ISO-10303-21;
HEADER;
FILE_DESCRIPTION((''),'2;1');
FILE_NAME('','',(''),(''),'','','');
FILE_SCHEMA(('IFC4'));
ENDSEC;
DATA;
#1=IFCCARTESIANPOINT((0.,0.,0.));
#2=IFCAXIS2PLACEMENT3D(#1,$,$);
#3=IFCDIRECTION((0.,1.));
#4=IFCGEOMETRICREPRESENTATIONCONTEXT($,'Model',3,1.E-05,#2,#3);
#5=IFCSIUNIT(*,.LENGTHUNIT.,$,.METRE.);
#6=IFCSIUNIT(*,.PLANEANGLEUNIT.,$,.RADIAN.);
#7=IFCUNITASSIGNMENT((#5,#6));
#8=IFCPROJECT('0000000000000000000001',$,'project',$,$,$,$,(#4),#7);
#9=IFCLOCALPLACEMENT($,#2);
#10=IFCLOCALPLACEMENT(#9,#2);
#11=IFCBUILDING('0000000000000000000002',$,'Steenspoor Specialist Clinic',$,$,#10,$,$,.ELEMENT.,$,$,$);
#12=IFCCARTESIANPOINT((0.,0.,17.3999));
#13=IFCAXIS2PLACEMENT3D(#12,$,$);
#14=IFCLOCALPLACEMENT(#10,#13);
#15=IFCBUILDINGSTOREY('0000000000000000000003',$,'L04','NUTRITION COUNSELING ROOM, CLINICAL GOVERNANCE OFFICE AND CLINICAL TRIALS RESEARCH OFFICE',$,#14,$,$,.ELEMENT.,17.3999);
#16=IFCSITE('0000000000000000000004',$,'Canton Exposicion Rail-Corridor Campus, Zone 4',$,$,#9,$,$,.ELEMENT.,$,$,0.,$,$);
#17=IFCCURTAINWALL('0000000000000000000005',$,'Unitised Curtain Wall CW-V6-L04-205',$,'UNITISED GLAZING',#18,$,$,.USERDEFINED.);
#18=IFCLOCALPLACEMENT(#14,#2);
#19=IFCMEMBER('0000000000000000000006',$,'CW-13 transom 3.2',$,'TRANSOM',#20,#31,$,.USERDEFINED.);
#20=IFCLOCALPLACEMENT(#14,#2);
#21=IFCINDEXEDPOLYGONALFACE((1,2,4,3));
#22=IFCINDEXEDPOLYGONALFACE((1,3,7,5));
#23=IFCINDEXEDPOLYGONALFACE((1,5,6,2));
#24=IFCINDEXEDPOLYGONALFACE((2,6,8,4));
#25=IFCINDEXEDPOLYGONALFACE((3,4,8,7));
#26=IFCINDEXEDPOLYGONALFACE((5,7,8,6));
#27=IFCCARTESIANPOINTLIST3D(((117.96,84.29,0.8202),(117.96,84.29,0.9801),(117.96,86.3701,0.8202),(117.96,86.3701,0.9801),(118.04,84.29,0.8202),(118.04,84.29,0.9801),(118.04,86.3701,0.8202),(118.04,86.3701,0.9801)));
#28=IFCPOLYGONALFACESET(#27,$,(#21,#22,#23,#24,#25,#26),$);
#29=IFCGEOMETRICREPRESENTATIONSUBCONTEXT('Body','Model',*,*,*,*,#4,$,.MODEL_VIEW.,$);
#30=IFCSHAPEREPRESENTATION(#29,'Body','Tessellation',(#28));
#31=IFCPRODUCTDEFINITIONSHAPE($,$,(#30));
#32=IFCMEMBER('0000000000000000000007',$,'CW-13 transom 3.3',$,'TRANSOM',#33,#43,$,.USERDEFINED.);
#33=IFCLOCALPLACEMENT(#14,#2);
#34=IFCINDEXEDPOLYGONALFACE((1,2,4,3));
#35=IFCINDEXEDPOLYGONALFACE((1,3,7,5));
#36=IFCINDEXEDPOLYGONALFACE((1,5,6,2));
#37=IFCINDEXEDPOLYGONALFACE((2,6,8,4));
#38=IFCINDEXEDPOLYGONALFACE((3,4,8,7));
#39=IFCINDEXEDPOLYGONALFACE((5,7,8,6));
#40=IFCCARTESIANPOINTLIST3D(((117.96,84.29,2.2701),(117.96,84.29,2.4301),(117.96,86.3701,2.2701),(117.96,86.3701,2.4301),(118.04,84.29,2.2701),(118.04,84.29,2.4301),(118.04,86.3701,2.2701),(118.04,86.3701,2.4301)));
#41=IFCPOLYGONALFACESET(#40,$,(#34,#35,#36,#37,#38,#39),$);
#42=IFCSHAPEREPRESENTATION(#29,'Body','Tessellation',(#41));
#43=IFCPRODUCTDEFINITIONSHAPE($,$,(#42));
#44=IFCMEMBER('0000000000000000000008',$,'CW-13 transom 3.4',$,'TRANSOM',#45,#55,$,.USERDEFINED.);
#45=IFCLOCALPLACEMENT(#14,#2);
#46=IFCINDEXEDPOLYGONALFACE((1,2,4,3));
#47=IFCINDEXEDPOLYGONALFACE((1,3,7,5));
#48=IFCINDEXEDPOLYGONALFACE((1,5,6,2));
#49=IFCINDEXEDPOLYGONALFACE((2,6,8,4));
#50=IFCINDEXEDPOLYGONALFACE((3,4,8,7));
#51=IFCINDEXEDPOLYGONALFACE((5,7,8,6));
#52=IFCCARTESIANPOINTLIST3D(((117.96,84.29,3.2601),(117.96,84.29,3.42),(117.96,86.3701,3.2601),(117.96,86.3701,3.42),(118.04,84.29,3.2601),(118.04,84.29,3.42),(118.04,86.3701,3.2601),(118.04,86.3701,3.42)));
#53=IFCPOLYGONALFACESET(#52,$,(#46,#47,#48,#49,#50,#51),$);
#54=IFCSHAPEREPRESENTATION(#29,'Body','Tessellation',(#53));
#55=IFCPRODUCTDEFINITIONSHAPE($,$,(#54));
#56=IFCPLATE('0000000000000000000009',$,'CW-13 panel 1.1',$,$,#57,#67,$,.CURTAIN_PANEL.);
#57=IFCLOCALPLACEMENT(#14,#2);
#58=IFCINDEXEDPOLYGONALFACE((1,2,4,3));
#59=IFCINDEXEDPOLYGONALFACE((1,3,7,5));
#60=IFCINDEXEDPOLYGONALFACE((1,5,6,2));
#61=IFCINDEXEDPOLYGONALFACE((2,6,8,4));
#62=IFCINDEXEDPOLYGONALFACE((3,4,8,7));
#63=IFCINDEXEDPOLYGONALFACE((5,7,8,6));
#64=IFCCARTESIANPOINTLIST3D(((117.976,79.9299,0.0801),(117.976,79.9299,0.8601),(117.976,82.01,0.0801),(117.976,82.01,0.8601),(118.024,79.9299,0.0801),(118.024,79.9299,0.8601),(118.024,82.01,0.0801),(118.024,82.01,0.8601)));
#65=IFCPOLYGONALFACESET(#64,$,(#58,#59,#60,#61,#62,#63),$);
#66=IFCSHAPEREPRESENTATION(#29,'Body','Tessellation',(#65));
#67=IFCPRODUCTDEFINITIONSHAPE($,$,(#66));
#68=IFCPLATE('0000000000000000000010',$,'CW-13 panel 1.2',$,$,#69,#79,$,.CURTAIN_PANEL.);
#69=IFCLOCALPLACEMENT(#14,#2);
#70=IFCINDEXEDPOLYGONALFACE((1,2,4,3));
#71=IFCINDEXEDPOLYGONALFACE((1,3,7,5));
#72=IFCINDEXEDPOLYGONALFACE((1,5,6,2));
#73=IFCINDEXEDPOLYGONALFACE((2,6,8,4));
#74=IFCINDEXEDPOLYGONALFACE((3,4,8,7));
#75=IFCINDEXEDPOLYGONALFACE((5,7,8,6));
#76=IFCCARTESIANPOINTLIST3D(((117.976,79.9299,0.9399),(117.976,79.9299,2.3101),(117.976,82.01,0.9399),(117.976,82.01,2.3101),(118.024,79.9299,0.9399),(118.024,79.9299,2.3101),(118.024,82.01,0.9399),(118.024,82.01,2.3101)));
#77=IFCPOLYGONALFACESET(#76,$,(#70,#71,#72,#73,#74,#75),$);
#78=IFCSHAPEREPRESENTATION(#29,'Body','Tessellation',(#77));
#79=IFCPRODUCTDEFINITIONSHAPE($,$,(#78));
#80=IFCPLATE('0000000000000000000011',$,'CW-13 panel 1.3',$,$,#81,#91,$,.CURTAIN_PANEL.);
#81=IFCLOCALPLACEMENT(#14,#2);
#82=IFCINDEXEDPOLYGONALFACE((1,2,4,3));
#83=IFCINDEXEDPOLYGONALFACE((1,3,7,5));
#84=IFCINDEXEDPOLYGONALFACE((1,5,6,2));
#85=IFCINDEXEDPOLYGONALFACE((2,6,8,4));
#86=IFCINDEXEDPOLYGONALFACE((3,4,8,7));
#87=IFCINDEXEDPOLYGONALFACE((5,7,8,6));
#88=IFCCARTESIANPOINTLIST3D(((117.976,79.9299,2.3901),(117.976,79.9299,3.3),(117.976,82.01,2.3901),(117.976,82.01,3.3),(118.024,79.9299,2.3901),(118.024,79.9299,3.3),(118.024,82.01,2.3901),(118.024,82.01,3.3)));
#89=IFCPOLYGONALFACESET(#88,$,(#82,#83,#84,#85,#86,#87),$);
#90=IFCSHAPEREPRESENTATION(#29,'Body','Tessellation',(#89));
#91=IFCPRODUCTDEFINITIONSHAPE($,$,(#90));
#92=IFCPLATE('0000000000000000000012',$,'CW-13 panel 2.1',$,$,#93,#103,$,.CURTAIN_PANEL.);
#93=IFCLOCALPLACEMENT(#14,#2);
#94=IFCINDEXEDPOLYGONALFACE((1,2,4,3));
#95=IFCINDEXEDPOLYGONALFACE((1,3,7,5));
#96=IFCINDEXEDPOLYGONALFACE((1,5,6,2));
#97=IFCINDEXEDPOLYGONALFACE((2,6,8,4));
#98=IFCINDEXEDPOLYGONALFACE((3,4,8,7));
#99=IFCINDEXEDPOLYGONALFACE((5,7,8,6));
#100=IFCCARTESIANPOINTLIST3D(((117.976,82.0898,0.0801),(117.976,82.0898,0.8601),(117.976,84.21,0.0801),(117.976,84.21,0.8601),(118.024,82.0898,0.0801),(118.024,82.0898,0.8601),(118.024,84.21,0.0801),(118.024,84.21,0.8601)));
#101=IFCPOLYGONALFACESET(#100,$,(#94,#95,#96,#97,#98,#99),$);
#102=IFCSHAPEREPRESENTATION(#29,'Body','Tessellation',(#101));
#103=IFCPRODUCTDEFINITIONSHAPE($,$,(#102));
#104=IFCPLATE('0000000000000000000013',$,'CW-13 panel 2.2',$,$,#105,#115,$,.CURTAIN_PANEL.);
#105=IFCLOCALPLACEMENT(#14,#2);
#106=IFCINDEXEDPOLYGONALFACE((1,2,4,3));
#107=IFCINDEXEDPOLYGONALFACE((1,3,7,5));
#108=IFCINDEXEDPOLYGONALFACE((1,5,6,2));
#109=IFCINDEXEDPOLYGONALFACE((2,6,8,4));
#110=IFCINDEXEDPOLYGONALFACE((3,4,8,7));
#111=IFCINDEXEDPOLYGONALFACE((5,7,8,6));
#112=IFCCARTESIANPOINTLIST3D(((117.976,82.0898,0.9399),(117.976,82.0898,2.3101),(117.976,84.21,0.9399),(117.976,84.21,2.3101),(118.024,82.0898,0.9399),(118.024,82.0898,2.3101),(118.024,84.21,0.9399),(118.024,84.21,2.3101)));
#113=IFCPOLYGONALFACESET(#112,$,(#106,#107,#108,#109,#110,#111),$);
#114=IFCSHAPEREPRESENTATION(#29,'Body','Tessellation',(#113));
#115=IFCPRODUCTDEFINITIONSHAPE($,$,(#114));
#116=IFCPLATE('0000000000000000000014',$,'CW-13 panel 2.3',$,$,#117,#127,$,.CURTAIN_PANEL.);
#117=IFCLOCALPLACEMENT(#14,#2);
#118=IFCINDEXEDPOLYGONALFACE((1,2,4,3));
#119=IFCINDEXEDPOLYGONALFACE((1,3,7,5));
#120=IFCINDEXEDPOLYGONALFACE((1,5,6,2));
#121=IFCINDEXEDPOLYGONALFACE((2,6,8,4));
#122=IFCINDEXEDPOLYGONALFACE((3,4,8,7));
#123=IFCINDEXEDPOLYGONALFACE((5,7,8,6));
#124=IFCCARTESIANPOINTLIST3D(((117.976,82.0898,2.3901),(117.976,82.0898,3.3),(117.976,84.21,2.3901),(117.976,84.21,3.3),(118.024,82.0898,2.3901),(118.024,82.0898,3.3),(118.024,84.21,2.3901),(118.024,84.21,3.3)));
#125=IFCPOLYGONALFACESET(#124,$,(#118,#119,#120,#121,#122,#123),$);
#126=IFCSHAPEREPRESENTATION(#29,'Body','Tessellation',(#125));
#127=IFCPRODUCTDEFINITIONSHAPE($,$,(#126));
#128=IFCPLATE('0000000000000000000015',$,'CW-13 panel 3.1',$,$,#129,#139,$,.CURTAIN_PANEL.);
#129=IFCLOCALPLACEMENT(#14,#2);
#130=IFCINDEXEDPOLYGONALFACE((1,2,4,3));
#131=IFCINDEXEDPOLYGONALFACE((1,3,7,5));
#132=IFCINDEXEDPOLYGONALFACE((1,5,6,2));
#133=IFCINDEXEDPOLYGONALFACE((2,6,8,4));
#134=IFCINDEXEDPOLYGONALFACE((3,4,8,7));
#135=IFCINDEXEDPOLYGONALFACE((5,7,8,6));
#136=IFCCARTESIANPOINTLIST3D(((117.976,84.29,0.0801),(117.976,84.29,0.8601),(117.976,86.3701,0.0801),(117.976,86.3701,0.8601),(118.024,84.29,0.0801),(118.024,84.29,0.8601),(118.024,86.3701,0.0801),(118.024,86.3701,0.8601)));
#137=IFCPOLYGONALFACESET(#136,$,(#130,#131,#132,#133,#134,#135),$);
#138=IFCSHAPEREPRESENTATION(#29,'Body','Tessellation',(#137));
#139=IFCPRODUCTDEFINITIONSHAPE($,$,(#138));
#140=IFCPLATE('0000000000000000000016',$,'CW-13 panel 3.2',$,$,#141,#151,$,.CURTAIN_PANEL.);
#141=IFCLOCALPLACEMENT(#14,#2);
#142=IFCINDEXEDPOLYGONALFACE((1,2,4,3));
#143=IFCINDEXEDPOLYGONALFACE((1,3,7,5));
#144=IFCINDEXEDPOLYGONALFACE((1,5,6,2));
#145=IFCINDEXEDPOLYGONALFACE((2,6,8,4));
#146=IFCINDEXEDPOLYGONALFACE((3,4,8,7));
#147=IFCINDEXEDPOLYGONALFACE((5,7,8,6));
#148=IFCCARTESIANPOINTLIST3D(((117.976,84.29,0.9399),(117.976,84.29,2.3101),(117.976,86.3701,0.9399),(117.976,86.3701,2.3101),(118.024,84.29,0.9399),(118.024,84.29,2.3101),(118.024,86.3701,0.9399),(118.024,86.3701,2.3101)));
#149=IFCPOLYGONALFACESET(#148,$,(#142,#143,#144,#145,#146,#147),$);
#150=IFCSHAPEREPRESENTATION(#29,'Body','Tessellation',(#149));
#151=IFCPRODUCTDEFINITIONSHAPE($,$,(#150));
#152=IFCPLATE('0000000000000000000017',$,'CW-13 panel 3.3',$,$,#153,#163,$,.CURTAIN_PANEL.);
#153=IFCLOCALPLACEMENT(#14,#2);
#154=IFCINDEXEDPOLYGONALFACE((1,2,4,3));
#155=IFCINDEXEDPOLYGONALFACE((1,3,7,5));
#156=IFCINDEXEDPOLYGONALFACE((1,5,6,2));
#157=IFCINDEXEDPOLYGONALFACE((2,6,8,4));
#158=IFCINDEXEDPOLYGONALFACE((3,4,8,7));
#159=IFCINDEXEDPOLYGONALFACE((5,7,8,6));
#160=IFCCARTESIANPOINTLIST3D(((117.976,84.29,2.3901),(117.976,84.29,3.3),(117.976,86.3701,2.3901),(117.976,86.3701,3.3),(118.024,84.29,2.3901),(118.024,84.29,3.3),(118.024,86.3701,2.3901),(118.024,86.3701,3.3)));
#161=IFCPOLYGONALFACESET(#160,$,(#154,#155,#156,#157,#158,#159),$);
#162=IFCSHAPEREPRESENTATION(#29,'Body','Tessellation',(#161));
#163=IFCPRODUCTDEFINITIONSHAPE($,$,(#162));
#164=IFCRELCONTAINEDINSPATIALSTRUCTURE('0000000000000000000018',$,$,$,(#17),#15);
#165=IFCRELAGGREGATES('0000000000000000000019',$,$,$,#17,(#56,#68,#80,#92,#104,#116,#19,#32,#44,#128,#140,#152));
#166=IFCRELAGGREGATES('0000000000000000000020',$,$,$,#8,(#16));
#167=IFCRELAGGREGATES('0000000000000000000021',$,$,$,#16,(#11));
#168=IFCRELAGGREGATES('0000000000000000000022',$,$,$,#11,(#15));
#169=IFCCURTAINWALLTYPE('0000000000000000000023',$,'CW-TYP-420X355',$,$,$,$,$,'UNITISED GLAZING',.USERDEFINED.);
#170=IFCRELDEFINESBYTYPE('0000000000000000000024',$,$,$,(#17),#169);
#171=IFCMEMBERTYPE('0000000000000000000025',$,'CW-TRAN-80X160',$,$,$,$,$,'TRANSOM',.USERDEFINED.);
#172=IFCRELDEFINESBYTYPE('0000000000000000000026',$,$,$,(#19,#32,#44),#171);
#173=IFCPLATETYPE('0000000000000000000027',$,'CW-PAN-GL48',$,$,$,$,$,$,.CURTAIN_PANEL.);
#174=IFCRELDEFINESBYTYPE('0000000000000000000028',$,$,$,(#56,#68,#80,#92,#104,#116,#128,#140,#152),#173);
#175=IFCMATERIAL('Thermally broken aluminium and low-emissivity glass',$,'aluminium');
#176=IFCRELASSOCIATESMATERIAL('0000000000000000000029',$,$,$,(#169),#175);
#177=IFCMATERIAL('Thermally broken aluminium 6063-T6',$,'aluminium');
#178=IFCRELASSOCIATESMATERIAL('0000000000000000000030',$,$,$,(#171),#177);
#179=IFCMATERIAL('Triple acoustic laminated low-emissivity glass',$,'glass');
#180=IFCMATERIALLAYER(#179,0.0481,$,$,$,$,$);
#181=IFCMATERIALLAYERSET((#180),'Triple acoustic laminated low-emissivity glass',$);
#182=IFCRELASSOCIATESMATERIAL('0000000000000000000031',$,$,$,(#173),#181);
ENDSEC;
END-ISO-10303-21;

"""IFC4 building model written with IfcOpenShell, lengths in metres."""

from ifc_helpers import new_model, si_unit, direction, frame, origin, origin_2d, place, context, subcontext, project, spatial, rectangle, extrude, material, layer, layer_set, material_profile, profile_set, type_object, element, aggregate, save


model = new_model("IFC4")

# Units and contexts
model_context = context("Model", 3, precision=1e-05, world=origin(), true_north=direction((0.0, 1.0)))
body_context = subcontext(model_context, "Body", "Model", "MODEL_VIEW")
ifc_project = project(units=[si_unit("LENGTHUNIT", "METRE"), si_unit("PLANEANGLEUNIT", "RADIAN")], contexts=[model_context])

# Site, building, storey
site_placement = place(None, origin())
site = spatial("IfcSite", under=ifc_project, at=site_placement, Name="Canton Exposicion Rail-Corridor Campus, Zone 4", CompositionType="ELEMENT", RefElevation=0.0)
building_placement = place(site_placement, origin())
building = spatial("IfcBuilding", under=site, at=building_placement, Name="Steenspoor Specialist Clinic", CompositionType="ELEMENT")
storey_placement = place(building_placement, frame((0.0, 0.0, 17.3999)))
storey = spatial("IfcBuildingStorey", under=building, at=storey_placement, Name="L04", Description="NUTRITION COUNSELING ROOM, CLINICAL GOVERNANCE OFFICE AND CLINICAL TRIALS RESEARCH OFFICE", CompositionType="ELEMENT", Elevation=17.3999)

# Curtain wall, members, plates
ifc_material_1 = material(Name="Thermally broken aluminium and low-emissivity glass", Category="aluminium")
curtain_wall_type = type_object("IfcCurtainWallType", Name="CW-TYP-420X355", ElementType="UNITISED GLAZING", PredefinedType="USERDEFINED", material=ifc_material_1)
curtain_wall_placement = place(storey_placement, origin())
curtain_wall = element("IfcCurtainWall", 1, at=curtain_wall_placement, inside=storey, type_object=curtain_wall_type, Name="Unitised Curtain Wall CW-V6-L04-205", ObjectType="UNITISED GLAZING", PredefinedType="USERDEFINED")
ifc_material_2 = material(Name="Thermally broken aluminium 6063-T6", Category="aluminium")
ifc_material_profile_1 = material_profile(ifc_material_2, rectangle(XDim=0.0801, YDim=0.1599, at=origin_2d()), Name="CWT-80X160")
ifc_profile_set_1 = profile_set([ifc_material_profile_1], Name="Thermally broken aluminium 6063-T6")
member_type_1 = type_object("IfcMemberType", Name="CW-TRAN-80X160", ElementType="TRANSOM", PredefinedType="USERDEFINED", material=ifc_profile_set_1)
member_1_placement = place(storey_placement, frame((118.0, 84.29, 0.9001), z_axis=(0.0, 1.0, 0.0), x_axis=(-1.0, 0.0, 0.0)))
member_1 = element("IfcMember", 2, at=member_1_placement, type_object=member_type_1, Name="CW-13 transom 3.2", ObjectType="TRANSOM", PredefinedType="USERDEFINED", context=body_context, shape_type="SweptSolid", body=[
    extrude(rectangle(XDim=0.0801, YDim=0.1599, at=origin_2d()), origin(), (0.0, 0.0, 1.0), 2.0801),
])
member_2_placement = place(storey_placement, frame((118.0, 84.29, 2.3501), z_axis=(0.0, 1.0, 0.0), x_axis=(-1.0, 0.0, 0.0)))
member_2 = element("IfcMember", 3, at=member_2_placement, type_object=member_type_1, Name="CW-13 transom 3.3", ObjectType="TRANSOM", PredefinedType="USERDEFINED", context=body_context, shape_type="SweptSolid", body=[
    extrude(rectangle(XDim=0.0801, YDim=0.1599, at=origin_2d()), origin(), (0.0, 0.0, 1.0), 2.0801),
])
member_3_placement = place(storey_placement, frame((118.0, 84.29, 3.3401), z_axis=(0.0, 1.0, 0.0), x_axis=(-1.0, 0.0, 0.0)))
member_3 = element("IfcMember", 4, at=member_3_placement, type_object=member_type_1, Name="CW-13 transom 3.4", ObjectType="TRANSOM", PredefinedType="USERDEFINED", context=body_context, shape_type="SweptSolid", body=[
    extrude(rectangle(XDim=0.0801, YDim=0.1599, at=origin_2d()), origin(), (0.0, 0.0, 1.0), 2.0801),
])
ifc_material_3 = material(Name="Triple acoustic laminated low-emissivity glass", Category="glass")
ifc_layer = layer(ifc_material_3, 0.0481)
ifc_layer_set = layer_set([ifc_layer], Name="Triple acoustic laminated low-emissivity glass")
plate_type = type_object("IfcPlateType", Name="CW-PAN-GL48", PredefinedType="CURTAIN_PANEL", material=ifc_layer_set)
plate_1_placement = place(storey_placement, frame((118.0, 80.97, 0.0801), z_axis=(0.0, 0.0, 1.0), x_axis=(0.0, 1.0, 0.0)))
plate_1 = element("IfcPlate", 5, at=plate_1_placement, type_object=plate_type, Name="CW-13 panel 1.1", PredefinedType="CURTAIN_PANEL", context=body_context, shape_type="SweptSolid", body=[
    extrude(rectangle(XDim=2.0801, YDim=0.0481, at=origin_2d()), origin(), (0.0, 0.0, 1.0), 0.78),
])
plate_2_placement = place(storey_placement, frame((118.0, 80.97, 0.9399), z_axis=(0.0, 0.0, 1.0), x_axis=(0.0, 1.0, 0.0)))
plate_2 = element("IfcPlate", 6, at=plate_2_placement, type_object=plate_type, Name="CW-13 panel 1.2", PredefinedType="CURTAIN_PANEL", context=body_context, shape_type="SweptSolid", body=[
    extrude(rectangle(XDim=2.0801, YDim=0.0481, at=origin_2d()), origin(), (0.0, 0.0, 1.0), 1.3701),
])
plate_3_placement = place(storey_placement, frame((118.0, 80.97, 2.3901), z_axis=(0.0, 0.0, 1.0), x_axis=(0.0, 1.0, 0.0)))
plate_3 = element("IfcPlate", 7, at=plate_3_placement, type_object=plate_type, Name="CW-13 panel 1.3", PredefinedType="CURTAIN_PANEL", context=body_context, shape_type="SweptSolid", body=[
    extrude(rectangle(XDim=2.0801, YDim=0.0481, at=origin_2d()), origin(), (0.0, 0.0, 1.0), 0.9099),
])
plate_4_placement = place(storey_placement, frame((118.0, 83.1499, 0.0801), z_axis=(0.0, 0.0, 1.0), x_axis=(0.0, 1.0, 0.0)))
plate_4 = element("IfcPlate", 8, at=plate_4_placement, type_object=plate_type, Name="CW-13 panel 2.1", PredefinedType="CURTAIN_PANEL", context=body_context, shape_type="SweptSolid", body=[
    extrude(rectangle(XDim=2.1201, YDim=0.0481, at=origin_2d()), origin(), (0.0, 0.0, 1.0), 0.78),
])
plate_5_placement = place(storey_placement, frame((118.0, 83.1499, 0.9399), z_axis=(0.0, 0.0, 1.0), x_axis=(0.0, 1.0, 0.0)))
plate_5 = element("IfcPlate", 9, at=plate_5_placement, type_object=plate_type, Name="CW-13 panel 2.2", PredefinedType="CURTAIN_PANEL", context=body_context, shape_type="SweptSolid", body=[
    extrude(rectangle(XDim=2.1201, YDim=0.0481, at=origin_2d()), origin(), (0.0, 0.0, 1.0), 1.3701),
])
plate_6_placement = place(storey_placement, frame((118.0, 83.1499, 2.3901), z_axis=(0.0, 0.0, 1.0), x_axis=(0.0, 1.0, 0.0)))
plate_6 = element("IfcPlate", 10, at=plate_6_placement, type_object=plate_type, Name="CW-13 panel 2.3", PredefinedType="CURTAIN_PANEL", context=body_context, shape_type="SweptSolid", body=[
    extrude(rectangle(XDim=2.1201, YDim=0.0481, at=origin_2d()), origin(), (0.0, 0.0, 1.0), 0.9099),
])
plate_7_placement = place(storey_placement, frame((118.0, 85.3301, 0.0801), z_axis=(0.0, 0.0, 1.0), x_axis=(0.0, 1.0, 0.0)))
plate_7 = element("IfcPlate", 11, at=plate_7_placement, type_object=plate_type, Name="CW-13 panel 3.1", PredefinedType="CURTAIN_PANEL", context=body_context, shape_type="SweptSolid", body=[
    extrude(rectangle(XDim=2.0801, YDim=0.0481, at=origin_2d()), origin(), (0.0, 0.0, 1.0), 0.78),
])
plate_8_placement = place(storey_placement, frame((118.0, 85.3301, 0.9399), z_axis=(0.0, 0.0, 1.0), x_axis=(0.0, 1.0, 0.0)))
plate_8 = element("IfcPlate", 12, at=plate_8_placement, type_object=plate_type, Name="CW-13 panel 3.2", PredefinedType="CURTAIN_PANEL", context=body_context, shape_type="SweptSolid", body=[
    extrude(rectangle(XDim=2.0801, YDim=0.0481, at=origin_2d()), origin(), (0.0, 0.0, 1.0), 1.3701),
])
plate_9_placement = place(storey_placement, frame((118.0, 85.3301, 2.3901), z_axis=(0.0, 0.0, 1.0), x_axis=(0.0, 1.0, 0.0)))
plate_9 = element("IfcPlate", 13, at=plate_9_placement, type_object=plate_type, Name="CW-13 panel 3.3", PredefinedType="CURTAIN_PANEL", context=body_context, shape_type="SweptSolid", body=[
    extrude(rectangle(XDim=2.0801, YDim=0.0481, at=origin_2d()), origin(), (0.0, 0.0, 1.0), 0.9099),
])
aggregate(curtain_wall, [plate_1, plate_2, plate_3, plate_4, plate_5, plate_6, member_1, member_2, member_3, plate_7, plate_8, plate_9])

save(model, "model.ifc")
